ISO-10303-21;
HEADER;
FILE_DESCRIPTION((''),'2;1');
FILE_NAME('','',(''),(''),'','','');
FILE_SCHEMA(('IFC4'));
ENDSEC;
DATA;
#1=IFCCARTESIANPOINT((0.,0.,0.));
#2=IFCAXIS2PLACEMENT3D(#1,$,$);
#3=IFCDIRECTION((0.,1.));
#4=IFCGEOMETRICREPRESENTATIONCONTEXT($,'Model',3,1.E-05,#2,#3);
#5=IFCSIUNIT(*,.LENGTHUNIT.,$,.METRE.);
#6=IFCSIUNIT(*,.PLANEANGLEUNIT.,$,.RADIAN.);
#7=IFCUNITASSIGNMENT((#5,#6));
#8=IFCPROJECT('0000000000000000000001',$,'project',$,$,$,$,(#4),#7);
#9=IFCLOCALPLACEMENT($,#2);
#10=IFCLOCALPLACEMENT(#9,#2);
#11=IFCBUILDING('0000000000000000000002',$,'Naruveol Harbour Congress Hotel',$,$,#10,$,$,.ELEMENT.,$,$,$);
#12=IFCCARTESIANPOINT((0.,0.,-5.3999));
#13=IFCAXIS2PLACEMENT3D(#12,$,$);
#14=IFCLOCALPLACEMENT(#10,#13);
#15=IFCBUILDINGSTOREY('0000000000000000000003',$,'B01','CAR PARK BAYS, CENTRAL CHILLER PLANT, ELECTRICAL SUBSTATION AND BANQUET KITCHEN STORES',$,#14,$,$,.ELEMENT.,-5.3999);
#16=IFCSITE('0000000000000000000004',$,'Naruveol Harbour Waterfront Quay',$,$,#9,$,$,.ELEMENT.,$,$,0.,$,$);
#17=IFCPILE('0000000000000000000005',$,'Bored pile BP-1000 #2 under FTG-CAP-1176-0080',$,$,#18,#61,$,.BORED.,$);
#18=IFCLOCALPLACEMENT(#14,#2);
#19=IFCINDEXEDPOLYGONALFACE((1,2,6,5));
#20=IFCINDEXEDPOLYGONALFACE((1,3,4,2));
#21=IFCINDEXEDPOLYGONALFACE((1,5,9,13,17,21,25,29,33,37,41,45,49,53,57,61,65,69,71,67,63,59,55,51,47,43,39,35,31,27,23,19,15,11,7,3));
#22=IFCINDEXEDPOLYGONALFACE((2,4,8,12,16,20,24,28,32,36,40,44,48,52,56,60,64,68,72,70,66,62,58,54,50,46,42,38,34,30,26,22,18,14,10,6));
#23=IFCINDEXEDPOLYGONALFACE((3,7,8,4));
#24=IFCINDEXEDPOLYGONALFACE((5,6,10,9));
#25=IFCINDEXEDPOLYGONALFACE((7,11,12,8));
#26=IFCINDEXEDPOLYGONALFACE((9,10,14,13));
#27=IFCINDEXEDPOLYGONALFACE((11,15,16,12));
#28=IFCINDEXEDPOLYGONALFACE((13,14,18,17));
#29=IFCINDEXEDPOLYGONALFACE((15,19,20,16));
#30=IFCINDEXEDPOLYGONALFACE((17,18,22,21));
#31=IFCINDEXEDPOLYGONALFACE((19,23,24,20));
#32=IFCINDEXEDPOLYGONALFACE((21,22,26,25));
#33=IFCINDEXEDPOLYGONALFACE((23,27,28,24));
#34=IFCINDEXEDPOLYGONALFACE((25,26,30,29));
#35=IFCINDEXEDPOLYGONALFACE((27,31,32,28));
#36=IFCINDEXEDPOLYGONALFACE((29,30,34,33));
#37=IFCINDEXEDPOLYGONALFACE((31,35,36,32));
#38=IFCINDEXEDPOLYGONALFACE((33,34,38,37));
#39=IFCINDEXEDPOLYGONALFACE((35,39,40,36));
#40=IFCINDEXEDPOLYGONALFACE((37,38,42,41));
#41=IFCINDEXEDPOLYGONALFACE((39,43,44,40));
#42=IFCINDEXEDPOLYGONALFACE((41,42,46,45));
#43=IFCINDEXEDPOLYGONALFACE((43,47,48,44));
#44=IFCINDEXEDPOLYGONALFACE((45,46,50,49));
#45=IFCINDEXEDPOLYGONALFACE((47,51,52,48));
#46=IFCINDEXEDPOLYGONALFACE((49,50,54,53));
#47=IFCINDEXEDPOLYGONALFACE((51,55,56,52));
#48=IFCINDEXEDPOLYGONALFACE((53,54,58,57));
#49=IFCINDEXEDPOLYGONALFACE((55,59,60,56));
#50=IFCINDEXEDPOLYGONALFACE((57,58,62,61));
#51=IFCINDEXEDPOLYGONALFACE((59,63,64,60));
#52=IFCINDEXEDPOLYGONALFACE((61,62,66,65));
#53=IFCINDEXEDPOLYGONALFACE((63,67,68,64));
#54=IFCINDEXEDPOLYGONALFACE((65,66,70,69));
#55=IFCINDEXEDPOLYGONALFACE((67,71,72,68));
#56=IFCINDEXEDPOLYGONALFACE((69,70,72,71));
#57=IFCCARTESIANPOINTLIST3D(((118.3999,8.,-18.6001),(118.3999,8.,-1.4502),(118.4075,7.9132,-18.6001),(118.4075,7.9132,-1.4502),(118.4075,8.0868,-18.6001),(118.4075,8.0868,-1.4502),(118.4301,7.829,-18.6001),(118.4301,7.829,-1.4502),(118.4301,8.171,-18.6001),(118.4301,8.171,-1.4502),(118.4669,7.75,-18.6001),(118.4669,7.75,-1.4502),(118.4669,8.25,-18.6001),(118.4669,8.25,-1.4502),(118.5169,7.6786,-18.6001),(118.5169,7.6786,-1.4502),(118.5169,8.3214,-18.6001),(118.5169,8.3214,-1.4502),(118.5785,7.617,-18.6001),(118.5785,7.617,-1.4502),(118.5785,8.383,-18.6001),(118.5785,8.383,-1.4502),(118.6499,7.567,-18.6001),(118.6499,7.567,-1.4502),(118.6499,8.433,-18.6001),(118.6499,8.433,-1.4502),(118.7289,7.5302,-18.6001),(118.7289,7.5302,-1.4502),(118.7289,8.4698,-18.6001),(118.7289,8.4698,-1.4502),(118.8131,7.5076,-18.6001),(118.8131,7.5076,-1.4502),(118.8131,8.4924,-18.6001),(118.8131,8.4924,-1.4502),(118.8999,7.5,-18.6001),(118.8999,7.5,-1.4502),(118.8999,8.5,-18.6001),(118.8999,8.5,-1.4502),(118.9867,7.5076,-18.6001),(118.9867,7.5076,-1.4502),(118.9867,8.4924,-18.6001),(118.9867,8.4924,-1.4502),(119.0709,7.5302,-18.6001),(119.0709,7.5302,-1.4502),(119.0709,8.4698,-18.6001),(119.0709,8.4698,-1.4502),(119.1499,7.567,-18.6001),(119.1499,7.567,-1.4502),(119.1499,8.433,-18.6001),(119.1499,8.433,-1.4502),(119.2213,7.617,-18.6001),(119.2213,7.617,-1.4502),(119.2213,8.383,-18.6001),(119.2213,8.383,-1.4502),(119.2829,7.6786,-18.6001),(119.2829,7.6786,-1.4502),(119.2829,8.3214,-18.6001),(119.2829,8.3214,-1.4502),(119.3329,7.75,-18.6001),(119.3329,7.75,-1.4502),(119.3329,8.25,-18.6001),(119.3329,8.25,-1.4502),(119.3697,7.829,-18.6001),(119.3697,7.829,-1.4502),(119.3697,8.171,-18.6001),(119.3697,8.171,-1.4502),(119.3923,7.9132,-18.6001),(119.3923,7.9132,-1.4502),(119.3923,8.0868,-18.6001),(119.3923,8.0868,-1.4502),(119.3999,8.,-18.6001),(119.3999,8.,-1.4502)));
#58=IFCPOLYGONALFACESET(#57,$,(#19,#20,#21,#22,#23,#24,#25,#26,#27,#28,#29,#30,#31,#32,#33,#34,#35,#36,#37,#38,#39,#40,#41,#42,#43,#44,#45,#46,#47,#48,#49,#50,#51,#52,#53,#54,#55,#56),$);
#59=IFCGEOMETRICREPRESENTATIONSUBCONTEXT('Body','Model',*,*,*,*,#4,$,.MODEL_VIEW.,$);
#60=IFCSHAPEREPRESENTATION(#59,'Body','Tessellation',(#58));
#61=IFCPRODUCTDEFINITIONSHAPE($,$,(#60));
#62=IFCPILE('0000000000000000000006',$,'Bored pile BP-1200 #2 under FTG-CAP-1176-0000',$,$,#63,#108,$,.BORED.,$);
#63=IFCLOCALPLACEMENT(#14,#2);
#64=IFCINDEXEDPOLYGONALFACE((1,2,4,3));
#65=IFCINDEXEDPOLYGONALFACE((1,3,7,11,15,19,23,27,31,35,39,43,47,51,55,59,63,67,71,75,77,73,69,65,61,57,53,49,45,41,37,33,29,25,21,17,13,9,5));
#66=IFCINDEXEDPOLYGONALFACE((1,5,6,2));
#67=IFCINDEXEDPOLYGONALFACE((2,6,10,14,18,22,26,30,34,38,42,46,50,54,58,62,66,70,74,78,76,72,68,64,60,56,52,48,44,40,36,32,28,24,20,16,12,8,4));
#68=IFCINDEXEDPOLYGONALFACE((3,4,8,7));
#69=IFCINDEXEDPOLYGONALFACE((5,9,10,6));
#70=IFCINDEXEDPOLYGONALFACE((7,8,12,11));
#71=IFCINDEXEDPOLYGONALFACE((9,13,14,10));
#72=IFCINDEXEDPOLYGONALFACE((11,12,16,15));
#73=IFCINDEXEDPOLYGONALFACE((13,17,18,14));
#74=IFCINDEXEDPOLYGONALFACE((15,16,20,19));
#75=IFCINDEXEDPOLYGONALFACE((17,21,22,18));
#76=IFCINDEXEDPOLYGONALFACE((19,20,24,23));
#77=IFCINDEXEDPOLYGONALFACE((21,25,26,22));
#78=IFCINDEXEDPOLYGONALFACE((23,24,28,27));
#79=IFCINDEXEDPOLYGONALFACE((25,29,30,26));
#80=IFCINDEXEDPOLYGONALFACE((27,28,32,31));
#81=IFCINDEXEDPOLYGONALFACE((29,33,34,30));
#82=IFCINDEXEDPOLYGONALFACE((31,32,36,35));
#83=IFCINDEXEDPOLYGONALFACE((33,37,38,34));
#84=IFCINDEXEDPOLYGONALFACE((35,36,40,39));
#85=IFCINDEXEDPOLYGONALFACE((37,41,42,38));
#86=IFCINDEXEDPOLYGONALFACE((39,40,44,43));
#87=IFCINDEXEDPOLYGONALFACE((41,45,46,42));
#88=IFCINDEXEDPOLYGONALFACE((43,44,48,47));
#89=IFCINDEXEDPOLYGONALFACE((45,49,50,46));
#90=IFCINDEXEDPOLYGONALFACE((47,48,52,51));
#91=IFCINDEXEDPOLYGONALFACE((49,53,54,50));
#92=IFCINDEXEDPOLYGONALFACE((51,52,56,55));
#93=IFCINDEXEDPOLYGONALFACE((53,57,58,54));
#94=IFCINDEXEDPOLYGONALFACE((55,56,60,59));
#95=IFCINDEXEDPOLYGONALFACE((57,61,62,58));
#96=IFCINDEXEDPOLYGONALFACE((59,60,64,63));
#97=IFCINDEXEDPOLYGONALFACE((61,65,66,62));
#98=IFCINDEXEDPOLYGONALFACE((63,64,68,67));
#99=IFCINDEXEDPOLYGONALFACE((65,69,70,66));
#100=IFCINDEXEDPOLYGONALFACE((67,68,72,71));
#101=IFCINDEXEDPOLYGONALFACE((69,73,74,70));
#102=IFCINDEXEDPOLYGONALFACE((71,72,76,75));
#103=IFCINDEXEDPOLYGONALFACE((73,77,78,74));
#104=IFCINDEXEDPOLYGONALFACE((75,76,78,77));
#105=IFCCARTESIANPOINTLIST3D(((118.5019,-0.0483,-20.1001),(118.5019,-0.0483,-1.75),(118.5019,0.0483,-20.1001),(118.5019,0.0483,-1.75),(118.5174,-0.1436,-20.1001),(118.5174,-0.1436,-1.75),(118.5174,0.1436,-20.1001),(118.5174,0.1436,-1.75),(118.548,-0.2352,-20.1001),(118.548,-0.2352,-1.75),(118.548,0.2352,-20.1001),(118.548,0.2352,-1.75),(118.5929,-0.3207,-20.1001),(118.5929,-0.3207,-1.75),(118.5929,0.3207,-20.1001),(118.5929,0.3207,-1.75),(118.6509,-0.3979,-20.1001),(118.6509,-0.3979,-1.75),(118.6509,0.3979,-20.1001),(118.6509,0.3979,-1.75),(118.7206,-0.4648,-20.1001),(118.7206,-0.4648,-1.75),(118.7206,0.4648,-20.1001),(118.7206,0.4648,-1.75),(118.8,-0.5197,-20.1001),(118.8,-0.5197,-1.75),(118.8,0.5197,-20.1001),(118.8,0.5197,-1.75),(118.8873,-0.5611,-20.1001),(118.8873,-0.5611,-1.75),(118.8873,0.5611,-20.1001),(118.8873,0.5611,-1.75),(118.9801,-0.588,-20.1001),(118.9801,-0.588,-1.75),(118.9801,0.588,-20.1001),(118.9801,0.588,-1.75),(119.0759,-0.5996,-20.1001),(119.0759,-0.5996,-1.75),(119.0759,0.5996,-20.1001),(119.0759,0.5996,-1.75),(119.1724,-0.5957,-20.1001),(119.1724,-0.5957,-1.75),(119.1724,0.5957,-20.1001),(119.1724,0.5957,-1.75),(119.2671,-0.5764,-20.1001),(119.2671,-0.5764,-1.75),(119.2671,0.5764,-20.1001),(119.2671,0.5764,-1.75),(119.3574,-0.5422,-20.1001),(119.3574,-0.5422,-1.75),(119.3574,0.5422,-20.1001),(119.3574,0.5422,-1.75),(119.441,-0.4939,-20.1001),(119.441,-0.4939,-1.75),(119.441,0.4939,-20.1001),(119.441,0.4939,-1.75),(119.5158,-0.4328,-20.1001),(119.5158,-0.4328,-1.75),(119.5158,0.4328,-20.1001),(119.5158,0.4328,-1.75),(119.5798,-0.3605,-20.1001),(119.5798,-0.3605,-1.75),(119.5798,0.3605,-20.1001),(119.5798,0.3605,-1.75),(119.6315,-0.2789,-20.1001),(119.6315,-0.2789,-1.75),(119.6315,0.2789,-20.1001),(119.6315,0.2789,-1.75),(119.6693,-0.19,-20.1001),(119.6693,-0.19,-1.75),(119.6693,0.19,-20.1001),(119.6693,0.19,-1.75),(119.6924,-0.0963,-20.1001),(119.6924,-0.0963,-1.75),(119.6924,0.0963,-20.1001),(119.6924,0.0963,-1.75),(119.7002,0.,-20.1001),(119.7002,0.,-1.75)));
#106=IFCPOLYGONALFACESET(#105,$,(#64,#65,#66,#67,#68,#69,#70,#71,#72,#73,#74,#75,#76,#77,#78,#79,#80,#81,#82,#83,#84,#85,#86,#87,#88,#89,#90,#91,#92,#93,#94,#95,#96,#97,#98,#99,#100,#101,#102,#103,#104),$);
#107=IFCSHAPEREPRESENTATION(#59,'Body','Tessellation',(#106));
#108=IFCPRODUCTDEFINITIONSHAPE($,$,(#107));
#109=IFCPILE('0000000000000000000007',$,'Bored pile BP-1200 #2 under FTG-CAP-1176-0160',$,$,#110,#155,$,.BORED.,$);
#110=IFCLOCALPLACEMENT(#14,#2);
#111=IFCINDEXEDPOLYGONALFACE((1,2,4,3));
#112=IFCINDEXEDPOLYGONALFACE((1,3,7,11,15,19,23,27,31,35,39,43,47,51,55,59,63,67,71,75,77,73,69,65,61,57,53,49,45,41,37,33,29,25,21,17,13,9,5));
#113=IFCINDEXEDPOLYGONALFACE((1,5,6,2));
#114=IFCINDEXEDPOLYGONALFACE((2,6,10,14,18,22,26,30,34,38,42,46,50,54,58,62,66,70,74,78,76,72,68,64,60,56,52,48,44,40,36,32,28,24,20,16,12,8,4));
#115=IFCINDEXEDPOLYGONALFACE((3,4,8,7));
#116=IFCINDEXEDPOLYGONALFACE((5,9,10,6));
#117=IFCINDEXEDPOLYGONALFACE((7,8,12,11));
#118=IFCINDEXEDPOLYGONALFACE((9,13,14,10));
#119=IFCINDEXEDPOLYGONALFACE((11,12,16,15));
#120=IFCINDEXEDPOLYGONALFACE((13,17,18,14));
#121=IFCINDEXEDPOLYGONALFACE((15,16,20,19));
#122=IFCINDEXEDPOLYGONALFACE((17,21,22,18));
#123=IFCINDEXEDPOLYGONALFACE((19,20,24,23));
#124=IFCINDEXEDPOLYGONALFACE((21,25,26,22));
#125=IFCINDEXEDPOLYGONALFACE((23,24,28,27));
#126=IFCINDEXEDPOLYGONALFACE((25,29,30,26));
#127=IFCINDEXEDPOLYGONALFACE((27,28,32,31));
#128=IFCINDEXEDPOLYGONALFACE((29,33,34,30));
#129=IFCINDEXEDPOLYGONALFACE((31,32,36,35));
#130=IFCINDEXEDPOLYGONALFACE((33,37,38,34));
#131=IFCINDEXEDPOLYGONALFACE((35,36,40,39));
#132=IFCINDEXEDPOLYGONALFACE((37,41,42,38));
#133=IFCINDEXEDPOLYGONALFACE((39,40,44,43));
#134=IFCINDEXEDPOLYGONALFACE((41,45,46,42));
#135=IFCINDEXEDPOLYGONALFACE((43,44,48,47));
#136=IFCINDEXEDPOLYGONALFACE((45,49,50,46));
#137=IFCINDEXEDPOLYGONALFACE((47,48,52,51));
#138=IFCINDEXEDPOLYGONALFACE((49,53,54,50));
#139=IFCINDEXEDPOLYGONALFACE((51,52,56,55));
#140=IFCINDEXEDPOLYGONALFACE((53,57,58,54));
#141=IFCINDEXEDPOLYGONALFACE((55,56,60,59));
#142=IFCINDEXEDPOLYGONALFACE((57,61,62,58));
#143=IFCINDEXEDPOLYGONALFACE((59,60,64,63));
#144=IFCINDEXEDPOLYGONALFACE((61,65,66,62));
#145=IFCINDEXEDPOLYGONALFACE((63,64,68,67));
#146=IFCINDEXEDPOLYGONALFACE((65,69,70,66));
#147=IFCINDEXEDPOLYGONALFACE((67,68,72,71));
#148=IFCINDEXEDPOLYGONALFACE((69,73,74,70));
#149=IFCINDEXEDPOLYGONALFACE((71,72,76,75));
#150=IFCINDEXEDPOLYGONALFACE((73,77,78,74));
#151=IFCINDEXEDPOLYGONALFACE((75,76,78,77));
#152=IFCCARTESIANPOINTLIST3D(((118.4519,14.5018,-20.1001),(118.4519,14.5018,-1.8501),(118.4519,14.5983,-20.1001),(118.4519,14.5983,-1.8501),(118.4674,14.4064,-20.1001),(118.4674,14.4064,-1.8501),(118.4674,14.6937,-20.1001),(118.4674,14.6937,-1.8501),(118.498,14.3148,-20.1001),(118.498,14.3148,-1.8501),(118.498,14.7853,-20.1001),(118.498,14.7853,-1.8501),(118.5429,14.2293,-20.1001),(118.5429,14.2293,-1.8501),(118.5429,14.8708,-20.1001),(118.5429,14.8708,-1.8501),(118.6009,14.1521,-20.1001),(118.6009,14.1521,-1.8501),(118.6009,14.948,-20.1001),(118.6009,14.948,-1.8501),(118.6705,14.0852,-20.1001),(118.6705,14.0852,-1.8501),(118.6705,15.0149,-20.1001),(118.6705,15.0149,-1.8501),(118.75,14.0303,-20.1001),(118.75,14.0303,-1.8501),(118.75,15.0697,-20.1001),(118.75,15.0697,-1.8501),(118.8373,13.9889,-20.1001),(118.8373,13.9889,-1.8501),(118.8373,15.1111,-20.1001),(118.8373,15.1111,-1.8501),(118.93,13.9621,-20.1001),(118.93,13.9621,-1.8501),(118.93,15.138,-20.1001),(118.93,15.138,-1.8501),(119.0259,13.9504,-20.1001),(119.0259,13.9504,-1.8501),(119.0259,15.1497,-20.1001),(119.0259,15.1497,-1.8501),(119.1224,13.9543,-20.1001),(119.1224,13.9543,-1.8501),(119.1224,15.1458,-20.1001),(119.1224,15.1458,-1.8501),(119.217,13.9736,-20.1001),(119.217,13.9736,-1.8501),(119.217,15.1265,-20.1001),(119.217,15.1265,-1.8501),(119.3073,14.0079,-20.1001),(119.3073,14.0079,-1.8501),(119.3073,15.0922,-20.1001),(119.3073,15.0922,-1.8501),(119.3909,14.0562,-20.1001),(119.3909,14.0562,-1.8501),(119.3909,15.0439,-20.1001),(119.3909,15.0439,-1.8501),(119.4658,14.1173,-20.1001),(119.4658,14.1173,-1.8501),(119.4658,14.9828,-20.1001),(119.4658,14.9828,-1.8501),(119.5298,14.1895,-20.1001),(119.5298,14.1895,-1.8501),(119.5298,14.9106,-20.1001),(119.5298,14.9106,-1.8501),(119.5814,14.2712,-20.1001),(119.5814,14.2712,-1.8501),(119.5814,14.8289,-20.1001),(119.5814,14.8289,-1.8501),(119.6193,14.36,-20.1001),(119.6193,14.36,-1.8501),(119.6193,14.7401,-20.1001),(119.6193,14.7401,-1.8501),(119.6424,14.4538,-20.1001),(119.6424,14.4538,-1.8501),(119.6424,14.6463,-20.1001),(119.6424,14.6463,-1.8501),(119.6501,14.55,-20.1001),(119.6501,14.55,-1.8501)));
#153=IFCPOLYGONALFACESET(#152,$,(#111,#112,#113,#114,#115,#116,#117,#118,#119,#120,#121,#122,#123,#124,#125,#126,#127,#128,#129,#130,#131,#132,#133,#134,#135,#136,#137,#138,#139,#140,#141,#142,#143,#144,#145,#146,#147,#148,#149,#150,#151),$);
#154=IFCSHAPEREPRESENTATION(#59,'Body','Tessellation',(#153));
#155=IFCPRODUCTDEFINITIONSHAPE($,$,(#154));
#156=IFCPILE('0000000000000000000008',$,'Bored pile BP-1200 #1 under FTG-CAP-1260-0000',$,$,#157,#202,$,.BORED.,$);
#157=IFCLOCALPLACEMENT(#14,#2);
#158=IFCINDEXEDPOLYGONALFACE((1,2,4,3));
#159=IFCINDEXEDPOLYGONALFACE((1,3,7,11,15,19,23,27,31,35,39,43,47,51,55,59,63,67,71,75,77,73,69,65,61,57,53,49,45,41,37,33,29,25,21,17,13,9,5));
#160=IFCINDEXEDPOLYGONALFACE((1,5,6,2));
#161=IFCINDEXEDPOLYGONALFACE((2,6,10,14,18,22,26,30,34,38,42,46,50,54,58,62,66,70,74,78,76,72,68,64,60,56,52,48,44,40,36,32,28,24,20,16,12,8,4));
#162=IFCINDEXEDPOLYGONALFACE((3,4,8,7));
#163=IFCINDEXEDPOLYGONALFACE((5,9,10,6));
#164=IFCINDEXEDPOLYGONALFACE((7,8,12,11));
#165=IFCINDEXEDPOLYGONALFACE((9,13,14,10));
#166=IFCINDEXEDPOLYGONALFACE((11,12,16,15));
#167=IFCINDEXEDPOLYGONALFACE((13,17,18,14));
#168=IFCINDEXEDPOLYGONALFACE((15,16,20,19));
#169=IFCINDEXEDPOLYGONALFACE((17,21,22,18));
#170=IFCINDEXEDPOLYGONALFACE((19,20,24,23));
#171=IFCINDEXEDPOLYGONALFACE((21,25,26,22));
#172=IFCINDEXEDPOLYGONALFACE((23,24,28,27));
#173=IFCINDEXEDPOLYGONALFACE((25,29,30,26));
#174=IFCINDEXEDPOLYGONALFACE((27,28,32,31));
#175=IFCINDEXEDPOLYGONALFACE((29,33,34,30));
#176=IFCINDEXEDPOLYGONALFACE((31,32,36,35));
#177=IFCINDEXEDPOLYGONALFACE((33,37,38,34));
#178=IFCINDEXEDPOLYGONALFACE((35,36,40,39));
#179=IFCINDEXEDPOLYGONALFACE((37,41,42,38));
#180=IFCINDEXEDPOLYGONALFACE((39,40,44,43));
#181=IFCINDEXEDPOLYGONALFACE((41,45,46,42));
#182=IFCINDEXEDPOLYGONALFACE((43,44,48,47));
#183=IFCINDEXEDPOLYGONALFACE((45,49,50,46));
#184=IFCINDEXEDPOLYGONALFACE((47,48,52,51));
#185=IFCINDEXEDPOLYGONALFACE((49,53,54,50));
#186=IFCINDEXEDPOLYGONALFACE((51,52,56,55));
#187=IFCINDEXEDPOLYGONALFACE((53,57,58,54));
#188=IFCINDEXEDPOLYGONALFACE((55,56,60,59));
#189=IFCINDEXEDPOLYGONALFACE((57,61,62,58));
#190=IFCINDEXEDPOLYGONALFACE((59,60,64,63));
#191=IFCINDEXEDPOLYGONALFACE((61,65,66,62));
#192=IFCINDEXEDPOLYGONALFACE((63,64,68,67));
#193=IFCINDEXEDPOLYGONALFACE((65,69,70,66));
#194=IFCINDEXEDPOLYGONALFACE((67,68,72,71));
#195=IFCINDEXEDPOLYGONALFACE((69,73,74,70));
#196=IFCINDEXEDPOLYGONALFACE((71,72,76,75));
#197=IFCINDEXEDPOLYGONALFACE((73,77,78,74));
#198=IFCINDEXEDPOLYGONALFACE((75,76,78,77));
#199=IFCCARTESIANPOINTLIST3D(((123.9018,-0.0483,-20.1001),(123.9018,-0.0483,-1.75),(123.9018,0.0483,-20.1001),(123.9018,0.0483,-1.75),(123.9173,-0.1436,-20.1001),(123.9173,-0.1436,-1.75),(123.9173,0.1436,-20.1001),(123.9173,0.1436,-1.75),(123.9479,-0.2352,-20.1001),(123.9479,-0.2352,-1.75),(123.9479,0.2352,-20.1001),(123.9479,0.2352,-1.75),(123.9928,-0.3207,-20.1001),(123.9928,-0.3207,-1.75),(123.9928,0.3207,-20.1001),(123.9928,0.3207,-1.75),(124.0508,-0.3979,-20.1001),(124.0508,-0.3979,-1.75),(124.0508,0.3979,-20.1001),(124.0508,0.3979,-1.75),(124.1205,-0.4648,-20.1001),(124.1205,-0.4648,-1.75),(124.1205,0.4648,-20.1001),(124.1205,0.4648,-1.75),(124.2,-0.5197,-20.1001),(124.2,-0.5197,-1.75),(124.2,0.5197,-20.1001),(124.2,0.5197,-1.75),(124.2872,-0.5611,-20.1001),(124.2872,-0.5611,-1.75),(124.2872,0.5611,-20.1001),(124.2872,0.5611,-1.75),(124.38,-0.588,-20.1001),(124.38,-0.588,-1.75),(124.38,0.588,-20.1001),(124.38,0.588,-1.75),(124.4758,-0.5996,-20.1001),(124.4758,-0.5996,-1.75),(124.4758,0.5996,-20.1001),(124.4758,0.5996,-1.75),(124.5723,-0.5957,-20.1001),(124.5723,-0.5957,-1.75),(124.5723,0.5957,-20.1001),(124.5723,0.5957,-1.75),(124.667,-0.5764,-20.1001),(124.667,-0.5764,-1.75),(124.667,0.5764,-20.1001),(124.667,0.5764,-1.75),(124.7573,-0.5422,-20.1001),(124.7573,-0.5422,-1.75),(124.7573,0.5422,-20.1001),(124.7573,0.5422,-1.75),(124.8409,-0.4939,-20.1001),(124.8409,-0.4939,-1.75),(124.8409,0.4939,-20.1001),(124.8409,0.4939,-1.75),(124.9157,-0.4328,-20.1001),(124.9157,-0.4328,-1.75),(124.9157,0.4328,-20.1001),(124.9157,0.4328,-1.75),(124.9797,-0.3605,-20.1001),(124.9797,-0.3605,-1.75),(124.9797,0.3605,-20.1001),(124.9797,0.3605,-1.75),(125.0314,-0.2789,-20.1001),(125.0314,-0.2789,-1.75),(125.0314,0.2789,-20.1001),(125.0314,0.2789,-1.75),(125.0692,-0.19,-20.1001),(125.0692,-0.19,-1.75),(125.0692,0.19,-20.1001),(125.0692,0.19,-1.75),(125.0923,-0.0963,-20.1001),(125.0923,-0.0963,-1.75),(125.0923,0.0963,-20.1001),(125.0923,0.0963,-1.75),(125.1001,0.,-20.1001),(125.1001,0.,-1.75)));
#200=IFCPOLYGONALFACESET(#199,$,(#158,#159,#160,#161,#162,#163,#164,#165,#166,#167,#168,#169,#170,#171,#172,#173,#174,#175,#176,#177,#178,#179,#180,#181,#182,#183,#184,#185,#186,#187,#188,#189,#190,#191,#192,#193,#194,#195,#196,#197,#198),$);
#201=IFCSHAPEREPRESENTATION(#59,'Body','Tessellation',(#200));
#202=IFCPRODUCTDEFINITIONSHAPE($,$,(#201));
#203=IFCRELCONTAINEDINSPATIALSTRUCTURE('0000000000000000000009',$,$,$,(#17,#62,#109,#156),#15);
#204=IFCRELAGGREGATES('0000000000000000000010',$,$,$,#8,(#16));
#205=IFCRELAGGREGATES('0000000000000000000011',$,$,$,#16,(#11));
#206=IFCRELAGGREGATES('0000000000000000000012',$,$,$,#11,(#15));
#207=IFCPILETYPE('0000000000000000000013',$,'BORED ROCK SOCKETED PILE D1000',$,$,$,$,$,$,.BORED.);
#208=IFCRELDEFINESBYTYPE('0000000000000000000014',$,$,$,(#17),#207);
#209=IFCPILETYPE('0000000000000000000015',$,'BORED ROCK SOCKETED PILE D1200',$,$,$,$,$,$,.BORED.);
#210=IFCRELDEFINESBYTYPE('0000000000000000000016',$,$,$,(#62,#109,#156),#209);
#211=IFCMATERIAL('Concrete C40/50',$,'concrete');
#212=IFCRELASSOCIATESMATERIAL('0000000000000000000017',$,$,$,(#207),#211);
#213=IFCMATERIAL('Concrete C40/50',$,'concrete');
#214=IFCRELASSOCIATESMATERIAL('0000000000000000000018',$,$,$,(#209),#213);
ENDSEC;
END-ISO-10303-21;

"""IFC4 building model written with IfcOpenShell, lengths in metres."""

from ifc_helpers import new_model, si_unit, direction, frame, origin, origin_2d, place, context, subcontext, project, spatial, circle, extrude, material, material_profile, profile_set, type_object, element, save


model = new_model("IFC4")

# Units and contexts
model_context = context("Model", 3, precision=1e-05, world=origin(), true_north=direction((0.0, 1.0)))
body_context = subcontext(model_context, "Body", "Model", "MODEL_VIEW")
ifc_project = project(units=[si_unit("LENGTHUNIT", "METRE"), si_unit("PLANEANGLEUNIT", "RADIAN")], contexts=[model_context])

# Site, building, storey
site_placement = place(None, origin())
site = spatial("IfcSite", under=ifc_project, at=site_placement, Name="Naruveol Harbour Waterfront Quay", CompositionType="ELEMENT", RefElevation=0.0)
building_placement = place(site_placement, origin())
building = spatial("IfcBuilding", under=site, at=building_placement, Name="Naruveol Harbour Congress Hotel", CompositionType="ELEMENT")
storey_placement = place(building_placement, frame((0.0, 0.0, -5.3999)))
storey = spatial("IfcBuildingStorey", under=building, at=storey_placement, Name="B01", Description="CAR PARK BAYS, CENTRAL CHILLER PLANT, ELECTRICAL SUBSTATION AND BANQUET KITCHEN STORES", CompositionType="ELEMENT", Elevation=-5.3999)

# Piles
ifc_material_1 = material(Name="Concrete C40/50", Category="concrete")
ifc_material_profile_1 = material_profile(ifc_material_1, circle(Radius=0.5, at=origin_2d()), Name="BP-1000")
ifc_profile_set_1 = profile_set([ifc_material_profile_1], Name="Concrete C40/50")
pile_type_1 = type_object("IfcPileType", Name="BORED ROCK SOCKETED PILE D1000", PredefinedType="BORED", material=ifc_profile_set_1)
pile_1_placement = place(storey_placement, frame((118.8999, 8.0, -1.4502), z_axis=(0.0, 0.0, -1.0), x_axis=(1.0, 0.0, 0.0)))
element("IfcPile", 1, at=pile_1_placement, inside=storey, type_object=pile_type_1, Name="Bored pile BP-1000 #2 under FTG-CAP-1176-0080", PredefinedType="BORED", context=body_context, shape_type="SweptSolid", body=[
    extrude(circle(Radius=0.5, at=origin_2d()), origin(), (0.0, 0.0, 1.0), 17.1499),
])
ifc_material_2 = material(Name="Concrete C40/50", Category="concrete")
ifc_material_profile_2 = material_profile(ifc_material_2, circle(Radius=0.6001, at=origin_2d()), Name="BP-1200")
ifc_profile_set_2 = profile_set([ifc_material_profile_2], Name="Concrete C40/50")
pile_type_2 = type_object("IfcPileType", Name="BORED ROCK SOCKETED PILE D1200", PredefinedType="BORED", material=ifc_profile_set_2)
pile_2_placement = place(storey_placement, frame((119.1001, 0.0, -1.75), z_axis=(0.0, 0.0, -1.0), x_axis=(1.0, 0.0, 0.0)))
element("IfcPile", 2, at=pile_2_placement, inside=storey, type_object=pile_type_2, Name="Bored pile BP-1200 #2 under FTG-CAP-1176-0000", PredefinedType="BORED", context=body_context, shape_type="SweptSolid", body=[
    extrude(circle(Radius=0.6001, at=origin_2d()), origin(), (0.0, 0.0, 1.0), 18.3501),
])
pile_3_placement = place(storey_placement, frame((119.05, 14.55, -1.8501), z_axis=(0.0, 0.0, -1.0), x_axis=(1.0, 0.0, 0.0)))
element("IfcPile", 3, at=pile_3_placement, inside=storey, type_object=pile_type_2, Name="Bored pile BP-1200 #2 under FTG-CAP-1176-0160", PredefinedType="BORED", context=body_context, shape_type="SweptSolid", body=[
    extrude(circle(Radius=0.6001, at=origin_2d()), origin(), (0.0, 0.0, 1.0), 18.25),
])
pile_4_placement = place(storey_placement, frame((124.5, 0.0, -1.75), z_axis=(0.0, 0.0, -1.0), x_axis=(1.0, 0.0, 0.0)))
element("IfcPile", 4, at=pile_4_placement, inside=storey, type_object=pile_type_2, Name="Bored pile BP-1200 #1 under FTG-CAP-1260-0000", PredefinedType="BORED", context=body_context, shape_type="SweptSolid", body=[
    extrude(circle(Radius=0.6001, at=origin_2d()), origin(), (0.0, 0.0, 1.0), 18.3501),
])

save(model, "model.ifc")
